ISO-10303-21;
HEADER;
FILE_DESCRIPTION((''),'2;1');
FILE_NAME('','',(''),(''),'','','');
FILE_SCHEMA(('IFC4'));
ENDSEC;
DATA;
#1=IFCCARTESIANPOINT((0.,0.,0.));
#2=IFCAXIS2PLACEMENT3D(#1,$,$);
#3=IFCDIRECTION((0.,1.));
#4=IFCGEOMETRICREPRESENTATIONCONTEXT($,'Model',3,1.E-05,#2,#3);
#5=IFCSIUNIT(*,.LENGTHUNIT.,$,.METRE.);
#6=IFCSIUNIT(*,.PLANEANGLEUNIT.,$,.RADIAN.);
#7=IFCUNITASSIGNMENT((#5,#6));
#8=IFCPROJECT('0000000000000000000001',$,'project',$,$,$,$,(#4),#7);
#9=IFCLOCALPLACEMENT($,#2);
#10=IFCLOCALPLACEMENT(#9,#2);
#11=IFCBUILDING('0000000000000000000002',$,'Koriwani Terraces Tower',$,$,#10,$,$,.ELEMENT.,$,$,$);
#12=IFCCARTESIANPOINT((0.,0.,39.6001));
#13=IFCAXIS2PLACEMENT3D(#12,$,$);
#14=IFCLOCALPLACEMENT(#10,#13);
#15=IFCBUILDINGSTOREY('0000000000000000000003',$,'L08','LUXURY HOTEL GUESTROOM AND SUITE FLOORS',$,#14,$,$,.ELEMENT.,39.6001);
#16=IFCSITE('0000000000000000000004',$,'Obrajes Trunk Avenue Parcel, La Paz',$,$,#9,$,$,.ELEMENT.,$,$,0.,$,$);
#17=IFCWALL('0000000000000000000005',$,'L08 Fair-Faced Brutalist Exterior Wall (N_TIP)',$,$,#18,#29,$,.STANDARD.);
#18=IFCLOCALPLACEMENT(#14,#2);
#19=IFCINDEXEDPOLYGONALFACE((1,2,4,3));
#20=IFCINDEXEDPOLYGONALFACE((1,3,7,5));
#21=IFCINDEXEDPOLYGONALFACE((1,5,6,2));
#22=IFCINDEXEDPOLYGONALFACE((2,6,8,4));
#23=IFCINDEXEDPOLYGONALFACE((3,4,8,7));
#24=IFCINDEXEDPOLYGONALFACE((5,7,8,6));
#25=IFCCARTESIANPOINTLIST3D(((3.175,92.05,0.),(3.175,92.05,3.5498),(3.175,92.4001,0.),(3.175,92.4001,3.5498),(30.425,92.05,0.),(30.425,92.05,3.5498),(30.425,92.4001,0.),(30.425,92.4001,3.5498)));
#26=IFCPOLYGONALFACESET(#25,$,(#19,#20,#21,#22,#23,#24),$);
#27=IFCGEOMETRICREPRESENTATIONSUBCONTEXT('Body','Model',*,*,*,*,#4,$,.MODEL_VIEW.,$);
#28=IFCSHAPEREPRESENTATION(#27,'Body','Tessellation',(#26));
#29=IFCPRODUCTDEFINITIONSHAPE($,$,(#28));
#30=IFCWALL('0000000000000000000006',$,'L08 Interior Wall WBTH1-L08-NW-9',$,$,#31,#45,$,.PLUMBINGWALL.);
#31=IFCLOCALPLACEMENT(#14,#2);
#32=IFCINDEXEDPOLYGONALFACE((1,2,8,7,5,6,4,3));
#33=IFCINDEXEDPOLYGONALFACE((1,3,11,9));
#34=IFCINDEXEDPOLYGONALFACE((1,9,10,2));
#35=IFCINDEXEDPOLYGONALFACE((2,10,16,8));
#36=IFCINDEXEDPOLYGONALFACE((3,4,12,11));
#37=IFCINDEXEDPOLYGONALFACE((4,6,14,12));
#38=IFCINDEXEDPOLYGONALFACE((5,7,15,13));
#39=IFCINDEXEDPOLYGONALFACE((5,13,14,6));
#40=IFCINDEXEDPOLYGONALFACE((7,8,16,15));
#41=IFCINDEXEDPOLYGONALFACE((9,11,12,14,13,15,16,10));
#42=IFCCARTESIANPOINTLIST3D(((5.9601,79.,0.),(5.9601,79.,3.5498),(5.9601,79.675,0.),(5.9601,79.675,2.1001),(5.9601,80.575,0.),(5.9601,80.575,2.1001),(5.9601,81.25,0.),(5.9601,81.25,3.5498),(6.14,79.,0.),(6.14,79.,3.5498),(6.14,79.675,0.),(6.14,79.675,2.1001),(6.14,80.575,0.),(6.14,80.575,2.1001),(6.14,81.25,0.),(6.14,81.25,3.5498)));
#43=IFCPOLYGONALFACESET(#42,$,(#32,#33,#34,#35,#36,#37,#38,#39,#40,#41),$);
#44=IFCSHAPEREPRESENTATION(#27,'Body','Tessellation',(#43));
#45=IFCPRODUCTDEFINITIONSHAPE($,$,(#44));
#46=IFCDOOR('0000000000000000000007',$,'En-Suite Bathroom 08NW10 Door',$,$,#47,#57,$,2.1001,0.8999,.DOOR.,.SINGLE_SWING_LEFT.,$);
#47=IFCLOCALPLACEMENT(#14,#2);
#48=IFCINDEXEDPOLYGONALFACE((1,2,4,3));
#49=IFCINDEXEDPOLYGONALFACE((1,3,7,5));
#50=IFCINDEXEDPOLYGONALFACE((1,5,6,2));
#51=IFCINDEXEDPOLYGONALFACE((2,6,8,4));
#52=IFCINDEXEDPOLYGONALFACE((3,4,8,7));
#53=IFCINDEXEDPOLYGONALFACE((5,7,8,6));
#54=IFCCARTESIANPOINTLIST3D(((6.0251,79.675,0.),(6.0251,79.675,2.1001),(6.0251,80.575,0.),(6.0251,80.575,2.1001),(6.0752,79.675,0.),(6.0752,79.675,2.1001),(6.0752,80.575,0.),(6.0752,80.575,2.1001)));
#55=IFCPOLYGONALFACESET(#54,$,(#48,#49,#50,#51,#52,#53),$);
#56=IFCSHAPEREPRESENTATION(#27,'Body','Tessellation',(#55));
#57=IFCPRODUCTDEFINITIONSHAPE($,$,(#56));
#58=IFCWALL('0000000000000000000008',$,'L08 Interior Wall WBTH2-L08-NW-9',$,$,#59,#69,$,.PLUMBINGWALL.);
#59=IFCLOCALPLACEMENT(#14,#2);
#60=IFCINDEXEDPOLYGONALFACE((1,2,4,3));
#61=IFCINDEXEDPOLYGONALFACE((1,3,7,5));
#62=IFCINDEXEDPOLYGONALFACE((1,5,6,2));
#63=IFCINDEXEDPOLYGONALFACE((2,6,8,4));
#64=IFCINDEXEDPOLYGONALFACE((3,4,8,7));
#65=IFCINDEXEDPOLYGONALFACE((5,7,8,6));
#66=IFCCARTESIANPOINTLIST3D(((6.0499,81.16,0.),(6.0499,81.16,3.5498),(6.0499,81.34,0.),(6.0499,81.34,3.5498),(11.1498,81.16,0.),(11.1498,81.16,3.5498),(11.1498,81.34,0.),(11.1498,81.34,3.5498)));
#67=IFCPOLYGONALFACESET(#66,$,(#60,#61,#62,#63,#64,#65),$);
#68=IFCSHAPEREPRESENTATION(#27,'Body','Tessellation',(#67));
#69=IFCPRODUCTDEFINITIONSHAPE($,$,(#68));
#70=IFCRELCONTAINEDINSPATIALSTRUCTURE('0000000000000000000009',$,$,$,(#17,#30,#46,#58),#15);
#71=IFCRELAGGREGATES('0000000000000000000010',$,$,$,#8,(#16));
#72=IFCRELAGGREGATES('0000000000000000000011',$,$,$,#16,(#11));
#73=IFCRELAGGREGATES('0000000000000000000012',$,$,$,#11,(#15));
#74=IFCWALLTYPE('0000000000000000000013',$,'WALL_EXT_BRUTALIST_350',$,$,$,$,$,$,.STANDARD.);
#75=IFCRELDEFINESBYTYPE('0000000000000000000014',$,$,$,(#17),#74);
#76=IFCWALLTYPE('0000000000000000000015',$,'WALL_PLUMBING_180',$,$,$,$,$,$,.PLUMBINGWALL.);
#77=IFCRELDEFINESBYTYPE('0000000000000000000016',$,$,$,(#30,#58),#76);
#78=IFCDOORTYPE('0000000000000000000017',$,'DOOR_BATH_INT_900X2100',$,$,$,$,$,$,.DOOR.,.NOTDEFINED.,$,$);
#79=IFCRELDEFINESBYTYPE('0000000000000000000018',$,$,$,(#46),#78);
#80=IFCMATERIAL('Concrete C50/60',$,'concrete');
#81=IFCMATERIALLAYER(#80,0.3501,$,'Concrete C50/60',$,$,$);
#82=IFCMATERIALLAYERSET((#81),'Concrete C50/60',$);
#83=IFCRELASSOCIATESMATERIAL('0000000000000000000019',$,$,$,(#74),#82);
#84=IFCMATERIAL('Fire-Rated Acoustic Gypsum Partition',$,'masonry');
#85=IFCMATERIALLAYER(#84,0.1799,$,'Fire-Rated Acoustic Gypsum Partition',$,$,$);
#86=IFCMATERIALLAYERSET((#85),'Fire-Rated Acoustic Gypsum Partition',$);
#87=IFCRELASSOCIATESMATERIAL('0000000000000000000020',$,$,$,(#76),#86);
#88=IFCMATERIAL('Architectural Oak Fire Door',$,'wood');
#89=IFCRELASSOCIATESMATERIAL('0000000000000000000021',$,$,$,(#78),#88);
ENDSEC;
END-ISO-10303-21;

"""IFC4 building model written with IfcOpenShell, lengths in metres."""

from ifc_helpers import new_model, si_unit, direction, frame, frame_2d, origin, place, context, subcontext, project, spatial, rectangle, extrude, material, layer, layer_set, type_object, element, fill, save


model = new_model("IFC4")

# Units and contexts
model_context = context("Model", 3, precision=1e-05, world=origin(), true_north=direction((0.0, 1.0)))
body_context = subcontext(model_context, "Body", "Model", "MODEL_VIEW")
ifc_project = project(units=[si_unit("LENGTHUNIT", "METRE"), si_unit("PLANEANGLEUNIT", "RADIAN")], contexts=[model_context])

# Site, building, storey
site_placement = place(None, origin())
site = spatial("IfcSite", under=ifc_project, at=site_placement, Name="Obrajes Trunk Avenue Parcel, La Paz", CompositionType="ELEMENT", RefElevation=0.0)
building_placement = place(site_placement, origin())
building = spatial("IfcBuilding", under=site, at=building_placement, Name="Koriwani Terraces Tower", CompositionType="ELEMENT")
storey_placement = place(building_placement, frame((0.0, 0.0, 39.6001)))
storey = spatial("IfcBuildingStorey", under=building, at=storey_placement, Name="L08", Description="LUXURY HOTEL GUESTROOM AND SUITE FLOORS", CompositionType="ELEMENT", Elevation=39.6001)

# Shared definitions
ifc_material_1 = material(Name="Concrete C50/60", Category="concrete")

# Shared definitions
ifc_layer_1 = layer(ifc_material_1, 0.3501, Name="Concrete C50/60")
ifc_layer_set_1 = layer_set([ifc_layer_1], Name="Concrete C50/60")
wall_type_1 = type_object("IfcWallType", Name="WALL_EXT_BRUTALIST_350", PredefinedType="STANDARD", material=ifc_layer_set_1)

# Wall
wall_1_placement = place(storey_placement, frame((3.175, 92.2251, 0.0), z_axis=(0.0, 0.0, 1.0), x_axis=(1.0, 0.0, 0.0)))
element("IfcWall", 1, at=wall_1_placement, inside=storey, type_object=wall_type_1, Name="L08 Fair-Faced Brutalist Exterior Wall (N_TIP)", PredefinedType="STANDARD", context=body_context, shape_type="SweptSolid", body=[
    extrude(rectangle(XDim=27.25, YDim=0.3501, at=frame_2d((13.625, 0.0))), origin(), (0.0, 0.0, 1.0), 3.5498),
])

# Wall, opening, door
ifc_material_2 = material(Name="Fire-Rated Acoustic Gypsum Partition", Category="masonry")
ifc_layer_2 = layer(ifc_material_2, 0.1799, Name="Fire-Rated Acoustic Gypsum Partition")
ifc_layer_set_2 = layer_set([ifc_layer_2], Name="Fire-Rated Acoustic Gypsum Partition")
wall_type_2 = type_object("IfcWallType", Name="WALL_PLUMBING_180", PredefinedType="PLUMBINGWALL", material=ifc_layer_set_2)
wall_2_placement = place(storey_placement, frame((6.05, 79.0, 0.0), z_axis=(0.0, 0.0, 1.0), x_axis=(0.0, 1.0, 0.0)))
wall_2 = element("IfcWall", 2, at=wall_2_placement, inside=storey, type_object=wall_type_2, Name="L08 Interior Wall WBTH1-L08-NW-9", PredefinedType="PLUMBINGWALL", context=body_context, shape_type="SweptSolid", body=[
    extrude(rectangle(XDim=2.25, YDim=0.1799, at=frame_2d((1.125, 0.0))), origin(), (0.0, 0.0, 1.0), 3.5498),
])
opening_1_placement = place(wall_2_placement, frame((0.675, 0.0, 0.0)))
opening_1 = element("IfcOpeningElement", 3, at=opening_1_placement, cuts=wall_2, PredefinedType="OPENING", context=body_context, shape_type="SweptSolid", body=[
    extrude(rectangle(XDim=0.8999, YDim=2.1001, at=frame_2d((0.45, 1.05))), frame((0.0, 0.1001, 0.0), z_axis=(0.0, -1.0, 0.0), x_axis=(1.0, 0.0, 0.0)), (0.0, 0.0, 1.0), 0.2),
])
ifc_material_3 = material(Name="Architectural Oak Fire Door", Category="wood")
door_type = type_object("IfcDoorType", Name="DOOR_BATH_INT_900X2100", OperationType="NOTDEFINED", PredefinedType="DOOR", material=ifc_material_3)
door_placement = place(opening_1_placement, origin())
door = element("IfcDoor", 4, at=door_placement, inside=storey, type_object=door_type, Name="En-Suite Bathroom 08NW10 Door", OperationType="SINGLE_SWING_LEFT", OverallHeight=2.1001, OverallWidth=0.8999, PredefinedType="DOOR", context=body_context, shape_type="SweptSolid", body=[
    extrude(rectangle(XDim=0.8999, YDim=2.1001, at=frame_2d((0.45, 1.05))), frame((0.0, 0.0249, 0.0), z_axis=(0.0, -1.0, 0.0), x_axis=(1.0, 0.0, 0.0)), (0.0, 0.0, 1.0), 0.05),
])
fill(opening_1, door)

# Wall
wall_3_placement = place(storey_placement, frame((6.05, 81.25, 0.0), z_axis=(0.0, 0.0, 1.0), x_axis=(1.0, 0.0, 0.0)))
element("IfcWall", 5, at=wall_3_placement, inside=storey, type_object=wall_type_2, Name="L08 Interior Wall WBTH2-L08-NW-9", PredefinedType="PLUMBINGWALL", context=body_context, shape_type="SweptSolid", body=[
    extrude(rectangle(XDim=5.0999, YDim=0.1799, at=frame_2d((2.5498, 0.0))), origin(), (0.0, 0.0, 1.0), 3.5498),
])

save(model, "model.ifc")
